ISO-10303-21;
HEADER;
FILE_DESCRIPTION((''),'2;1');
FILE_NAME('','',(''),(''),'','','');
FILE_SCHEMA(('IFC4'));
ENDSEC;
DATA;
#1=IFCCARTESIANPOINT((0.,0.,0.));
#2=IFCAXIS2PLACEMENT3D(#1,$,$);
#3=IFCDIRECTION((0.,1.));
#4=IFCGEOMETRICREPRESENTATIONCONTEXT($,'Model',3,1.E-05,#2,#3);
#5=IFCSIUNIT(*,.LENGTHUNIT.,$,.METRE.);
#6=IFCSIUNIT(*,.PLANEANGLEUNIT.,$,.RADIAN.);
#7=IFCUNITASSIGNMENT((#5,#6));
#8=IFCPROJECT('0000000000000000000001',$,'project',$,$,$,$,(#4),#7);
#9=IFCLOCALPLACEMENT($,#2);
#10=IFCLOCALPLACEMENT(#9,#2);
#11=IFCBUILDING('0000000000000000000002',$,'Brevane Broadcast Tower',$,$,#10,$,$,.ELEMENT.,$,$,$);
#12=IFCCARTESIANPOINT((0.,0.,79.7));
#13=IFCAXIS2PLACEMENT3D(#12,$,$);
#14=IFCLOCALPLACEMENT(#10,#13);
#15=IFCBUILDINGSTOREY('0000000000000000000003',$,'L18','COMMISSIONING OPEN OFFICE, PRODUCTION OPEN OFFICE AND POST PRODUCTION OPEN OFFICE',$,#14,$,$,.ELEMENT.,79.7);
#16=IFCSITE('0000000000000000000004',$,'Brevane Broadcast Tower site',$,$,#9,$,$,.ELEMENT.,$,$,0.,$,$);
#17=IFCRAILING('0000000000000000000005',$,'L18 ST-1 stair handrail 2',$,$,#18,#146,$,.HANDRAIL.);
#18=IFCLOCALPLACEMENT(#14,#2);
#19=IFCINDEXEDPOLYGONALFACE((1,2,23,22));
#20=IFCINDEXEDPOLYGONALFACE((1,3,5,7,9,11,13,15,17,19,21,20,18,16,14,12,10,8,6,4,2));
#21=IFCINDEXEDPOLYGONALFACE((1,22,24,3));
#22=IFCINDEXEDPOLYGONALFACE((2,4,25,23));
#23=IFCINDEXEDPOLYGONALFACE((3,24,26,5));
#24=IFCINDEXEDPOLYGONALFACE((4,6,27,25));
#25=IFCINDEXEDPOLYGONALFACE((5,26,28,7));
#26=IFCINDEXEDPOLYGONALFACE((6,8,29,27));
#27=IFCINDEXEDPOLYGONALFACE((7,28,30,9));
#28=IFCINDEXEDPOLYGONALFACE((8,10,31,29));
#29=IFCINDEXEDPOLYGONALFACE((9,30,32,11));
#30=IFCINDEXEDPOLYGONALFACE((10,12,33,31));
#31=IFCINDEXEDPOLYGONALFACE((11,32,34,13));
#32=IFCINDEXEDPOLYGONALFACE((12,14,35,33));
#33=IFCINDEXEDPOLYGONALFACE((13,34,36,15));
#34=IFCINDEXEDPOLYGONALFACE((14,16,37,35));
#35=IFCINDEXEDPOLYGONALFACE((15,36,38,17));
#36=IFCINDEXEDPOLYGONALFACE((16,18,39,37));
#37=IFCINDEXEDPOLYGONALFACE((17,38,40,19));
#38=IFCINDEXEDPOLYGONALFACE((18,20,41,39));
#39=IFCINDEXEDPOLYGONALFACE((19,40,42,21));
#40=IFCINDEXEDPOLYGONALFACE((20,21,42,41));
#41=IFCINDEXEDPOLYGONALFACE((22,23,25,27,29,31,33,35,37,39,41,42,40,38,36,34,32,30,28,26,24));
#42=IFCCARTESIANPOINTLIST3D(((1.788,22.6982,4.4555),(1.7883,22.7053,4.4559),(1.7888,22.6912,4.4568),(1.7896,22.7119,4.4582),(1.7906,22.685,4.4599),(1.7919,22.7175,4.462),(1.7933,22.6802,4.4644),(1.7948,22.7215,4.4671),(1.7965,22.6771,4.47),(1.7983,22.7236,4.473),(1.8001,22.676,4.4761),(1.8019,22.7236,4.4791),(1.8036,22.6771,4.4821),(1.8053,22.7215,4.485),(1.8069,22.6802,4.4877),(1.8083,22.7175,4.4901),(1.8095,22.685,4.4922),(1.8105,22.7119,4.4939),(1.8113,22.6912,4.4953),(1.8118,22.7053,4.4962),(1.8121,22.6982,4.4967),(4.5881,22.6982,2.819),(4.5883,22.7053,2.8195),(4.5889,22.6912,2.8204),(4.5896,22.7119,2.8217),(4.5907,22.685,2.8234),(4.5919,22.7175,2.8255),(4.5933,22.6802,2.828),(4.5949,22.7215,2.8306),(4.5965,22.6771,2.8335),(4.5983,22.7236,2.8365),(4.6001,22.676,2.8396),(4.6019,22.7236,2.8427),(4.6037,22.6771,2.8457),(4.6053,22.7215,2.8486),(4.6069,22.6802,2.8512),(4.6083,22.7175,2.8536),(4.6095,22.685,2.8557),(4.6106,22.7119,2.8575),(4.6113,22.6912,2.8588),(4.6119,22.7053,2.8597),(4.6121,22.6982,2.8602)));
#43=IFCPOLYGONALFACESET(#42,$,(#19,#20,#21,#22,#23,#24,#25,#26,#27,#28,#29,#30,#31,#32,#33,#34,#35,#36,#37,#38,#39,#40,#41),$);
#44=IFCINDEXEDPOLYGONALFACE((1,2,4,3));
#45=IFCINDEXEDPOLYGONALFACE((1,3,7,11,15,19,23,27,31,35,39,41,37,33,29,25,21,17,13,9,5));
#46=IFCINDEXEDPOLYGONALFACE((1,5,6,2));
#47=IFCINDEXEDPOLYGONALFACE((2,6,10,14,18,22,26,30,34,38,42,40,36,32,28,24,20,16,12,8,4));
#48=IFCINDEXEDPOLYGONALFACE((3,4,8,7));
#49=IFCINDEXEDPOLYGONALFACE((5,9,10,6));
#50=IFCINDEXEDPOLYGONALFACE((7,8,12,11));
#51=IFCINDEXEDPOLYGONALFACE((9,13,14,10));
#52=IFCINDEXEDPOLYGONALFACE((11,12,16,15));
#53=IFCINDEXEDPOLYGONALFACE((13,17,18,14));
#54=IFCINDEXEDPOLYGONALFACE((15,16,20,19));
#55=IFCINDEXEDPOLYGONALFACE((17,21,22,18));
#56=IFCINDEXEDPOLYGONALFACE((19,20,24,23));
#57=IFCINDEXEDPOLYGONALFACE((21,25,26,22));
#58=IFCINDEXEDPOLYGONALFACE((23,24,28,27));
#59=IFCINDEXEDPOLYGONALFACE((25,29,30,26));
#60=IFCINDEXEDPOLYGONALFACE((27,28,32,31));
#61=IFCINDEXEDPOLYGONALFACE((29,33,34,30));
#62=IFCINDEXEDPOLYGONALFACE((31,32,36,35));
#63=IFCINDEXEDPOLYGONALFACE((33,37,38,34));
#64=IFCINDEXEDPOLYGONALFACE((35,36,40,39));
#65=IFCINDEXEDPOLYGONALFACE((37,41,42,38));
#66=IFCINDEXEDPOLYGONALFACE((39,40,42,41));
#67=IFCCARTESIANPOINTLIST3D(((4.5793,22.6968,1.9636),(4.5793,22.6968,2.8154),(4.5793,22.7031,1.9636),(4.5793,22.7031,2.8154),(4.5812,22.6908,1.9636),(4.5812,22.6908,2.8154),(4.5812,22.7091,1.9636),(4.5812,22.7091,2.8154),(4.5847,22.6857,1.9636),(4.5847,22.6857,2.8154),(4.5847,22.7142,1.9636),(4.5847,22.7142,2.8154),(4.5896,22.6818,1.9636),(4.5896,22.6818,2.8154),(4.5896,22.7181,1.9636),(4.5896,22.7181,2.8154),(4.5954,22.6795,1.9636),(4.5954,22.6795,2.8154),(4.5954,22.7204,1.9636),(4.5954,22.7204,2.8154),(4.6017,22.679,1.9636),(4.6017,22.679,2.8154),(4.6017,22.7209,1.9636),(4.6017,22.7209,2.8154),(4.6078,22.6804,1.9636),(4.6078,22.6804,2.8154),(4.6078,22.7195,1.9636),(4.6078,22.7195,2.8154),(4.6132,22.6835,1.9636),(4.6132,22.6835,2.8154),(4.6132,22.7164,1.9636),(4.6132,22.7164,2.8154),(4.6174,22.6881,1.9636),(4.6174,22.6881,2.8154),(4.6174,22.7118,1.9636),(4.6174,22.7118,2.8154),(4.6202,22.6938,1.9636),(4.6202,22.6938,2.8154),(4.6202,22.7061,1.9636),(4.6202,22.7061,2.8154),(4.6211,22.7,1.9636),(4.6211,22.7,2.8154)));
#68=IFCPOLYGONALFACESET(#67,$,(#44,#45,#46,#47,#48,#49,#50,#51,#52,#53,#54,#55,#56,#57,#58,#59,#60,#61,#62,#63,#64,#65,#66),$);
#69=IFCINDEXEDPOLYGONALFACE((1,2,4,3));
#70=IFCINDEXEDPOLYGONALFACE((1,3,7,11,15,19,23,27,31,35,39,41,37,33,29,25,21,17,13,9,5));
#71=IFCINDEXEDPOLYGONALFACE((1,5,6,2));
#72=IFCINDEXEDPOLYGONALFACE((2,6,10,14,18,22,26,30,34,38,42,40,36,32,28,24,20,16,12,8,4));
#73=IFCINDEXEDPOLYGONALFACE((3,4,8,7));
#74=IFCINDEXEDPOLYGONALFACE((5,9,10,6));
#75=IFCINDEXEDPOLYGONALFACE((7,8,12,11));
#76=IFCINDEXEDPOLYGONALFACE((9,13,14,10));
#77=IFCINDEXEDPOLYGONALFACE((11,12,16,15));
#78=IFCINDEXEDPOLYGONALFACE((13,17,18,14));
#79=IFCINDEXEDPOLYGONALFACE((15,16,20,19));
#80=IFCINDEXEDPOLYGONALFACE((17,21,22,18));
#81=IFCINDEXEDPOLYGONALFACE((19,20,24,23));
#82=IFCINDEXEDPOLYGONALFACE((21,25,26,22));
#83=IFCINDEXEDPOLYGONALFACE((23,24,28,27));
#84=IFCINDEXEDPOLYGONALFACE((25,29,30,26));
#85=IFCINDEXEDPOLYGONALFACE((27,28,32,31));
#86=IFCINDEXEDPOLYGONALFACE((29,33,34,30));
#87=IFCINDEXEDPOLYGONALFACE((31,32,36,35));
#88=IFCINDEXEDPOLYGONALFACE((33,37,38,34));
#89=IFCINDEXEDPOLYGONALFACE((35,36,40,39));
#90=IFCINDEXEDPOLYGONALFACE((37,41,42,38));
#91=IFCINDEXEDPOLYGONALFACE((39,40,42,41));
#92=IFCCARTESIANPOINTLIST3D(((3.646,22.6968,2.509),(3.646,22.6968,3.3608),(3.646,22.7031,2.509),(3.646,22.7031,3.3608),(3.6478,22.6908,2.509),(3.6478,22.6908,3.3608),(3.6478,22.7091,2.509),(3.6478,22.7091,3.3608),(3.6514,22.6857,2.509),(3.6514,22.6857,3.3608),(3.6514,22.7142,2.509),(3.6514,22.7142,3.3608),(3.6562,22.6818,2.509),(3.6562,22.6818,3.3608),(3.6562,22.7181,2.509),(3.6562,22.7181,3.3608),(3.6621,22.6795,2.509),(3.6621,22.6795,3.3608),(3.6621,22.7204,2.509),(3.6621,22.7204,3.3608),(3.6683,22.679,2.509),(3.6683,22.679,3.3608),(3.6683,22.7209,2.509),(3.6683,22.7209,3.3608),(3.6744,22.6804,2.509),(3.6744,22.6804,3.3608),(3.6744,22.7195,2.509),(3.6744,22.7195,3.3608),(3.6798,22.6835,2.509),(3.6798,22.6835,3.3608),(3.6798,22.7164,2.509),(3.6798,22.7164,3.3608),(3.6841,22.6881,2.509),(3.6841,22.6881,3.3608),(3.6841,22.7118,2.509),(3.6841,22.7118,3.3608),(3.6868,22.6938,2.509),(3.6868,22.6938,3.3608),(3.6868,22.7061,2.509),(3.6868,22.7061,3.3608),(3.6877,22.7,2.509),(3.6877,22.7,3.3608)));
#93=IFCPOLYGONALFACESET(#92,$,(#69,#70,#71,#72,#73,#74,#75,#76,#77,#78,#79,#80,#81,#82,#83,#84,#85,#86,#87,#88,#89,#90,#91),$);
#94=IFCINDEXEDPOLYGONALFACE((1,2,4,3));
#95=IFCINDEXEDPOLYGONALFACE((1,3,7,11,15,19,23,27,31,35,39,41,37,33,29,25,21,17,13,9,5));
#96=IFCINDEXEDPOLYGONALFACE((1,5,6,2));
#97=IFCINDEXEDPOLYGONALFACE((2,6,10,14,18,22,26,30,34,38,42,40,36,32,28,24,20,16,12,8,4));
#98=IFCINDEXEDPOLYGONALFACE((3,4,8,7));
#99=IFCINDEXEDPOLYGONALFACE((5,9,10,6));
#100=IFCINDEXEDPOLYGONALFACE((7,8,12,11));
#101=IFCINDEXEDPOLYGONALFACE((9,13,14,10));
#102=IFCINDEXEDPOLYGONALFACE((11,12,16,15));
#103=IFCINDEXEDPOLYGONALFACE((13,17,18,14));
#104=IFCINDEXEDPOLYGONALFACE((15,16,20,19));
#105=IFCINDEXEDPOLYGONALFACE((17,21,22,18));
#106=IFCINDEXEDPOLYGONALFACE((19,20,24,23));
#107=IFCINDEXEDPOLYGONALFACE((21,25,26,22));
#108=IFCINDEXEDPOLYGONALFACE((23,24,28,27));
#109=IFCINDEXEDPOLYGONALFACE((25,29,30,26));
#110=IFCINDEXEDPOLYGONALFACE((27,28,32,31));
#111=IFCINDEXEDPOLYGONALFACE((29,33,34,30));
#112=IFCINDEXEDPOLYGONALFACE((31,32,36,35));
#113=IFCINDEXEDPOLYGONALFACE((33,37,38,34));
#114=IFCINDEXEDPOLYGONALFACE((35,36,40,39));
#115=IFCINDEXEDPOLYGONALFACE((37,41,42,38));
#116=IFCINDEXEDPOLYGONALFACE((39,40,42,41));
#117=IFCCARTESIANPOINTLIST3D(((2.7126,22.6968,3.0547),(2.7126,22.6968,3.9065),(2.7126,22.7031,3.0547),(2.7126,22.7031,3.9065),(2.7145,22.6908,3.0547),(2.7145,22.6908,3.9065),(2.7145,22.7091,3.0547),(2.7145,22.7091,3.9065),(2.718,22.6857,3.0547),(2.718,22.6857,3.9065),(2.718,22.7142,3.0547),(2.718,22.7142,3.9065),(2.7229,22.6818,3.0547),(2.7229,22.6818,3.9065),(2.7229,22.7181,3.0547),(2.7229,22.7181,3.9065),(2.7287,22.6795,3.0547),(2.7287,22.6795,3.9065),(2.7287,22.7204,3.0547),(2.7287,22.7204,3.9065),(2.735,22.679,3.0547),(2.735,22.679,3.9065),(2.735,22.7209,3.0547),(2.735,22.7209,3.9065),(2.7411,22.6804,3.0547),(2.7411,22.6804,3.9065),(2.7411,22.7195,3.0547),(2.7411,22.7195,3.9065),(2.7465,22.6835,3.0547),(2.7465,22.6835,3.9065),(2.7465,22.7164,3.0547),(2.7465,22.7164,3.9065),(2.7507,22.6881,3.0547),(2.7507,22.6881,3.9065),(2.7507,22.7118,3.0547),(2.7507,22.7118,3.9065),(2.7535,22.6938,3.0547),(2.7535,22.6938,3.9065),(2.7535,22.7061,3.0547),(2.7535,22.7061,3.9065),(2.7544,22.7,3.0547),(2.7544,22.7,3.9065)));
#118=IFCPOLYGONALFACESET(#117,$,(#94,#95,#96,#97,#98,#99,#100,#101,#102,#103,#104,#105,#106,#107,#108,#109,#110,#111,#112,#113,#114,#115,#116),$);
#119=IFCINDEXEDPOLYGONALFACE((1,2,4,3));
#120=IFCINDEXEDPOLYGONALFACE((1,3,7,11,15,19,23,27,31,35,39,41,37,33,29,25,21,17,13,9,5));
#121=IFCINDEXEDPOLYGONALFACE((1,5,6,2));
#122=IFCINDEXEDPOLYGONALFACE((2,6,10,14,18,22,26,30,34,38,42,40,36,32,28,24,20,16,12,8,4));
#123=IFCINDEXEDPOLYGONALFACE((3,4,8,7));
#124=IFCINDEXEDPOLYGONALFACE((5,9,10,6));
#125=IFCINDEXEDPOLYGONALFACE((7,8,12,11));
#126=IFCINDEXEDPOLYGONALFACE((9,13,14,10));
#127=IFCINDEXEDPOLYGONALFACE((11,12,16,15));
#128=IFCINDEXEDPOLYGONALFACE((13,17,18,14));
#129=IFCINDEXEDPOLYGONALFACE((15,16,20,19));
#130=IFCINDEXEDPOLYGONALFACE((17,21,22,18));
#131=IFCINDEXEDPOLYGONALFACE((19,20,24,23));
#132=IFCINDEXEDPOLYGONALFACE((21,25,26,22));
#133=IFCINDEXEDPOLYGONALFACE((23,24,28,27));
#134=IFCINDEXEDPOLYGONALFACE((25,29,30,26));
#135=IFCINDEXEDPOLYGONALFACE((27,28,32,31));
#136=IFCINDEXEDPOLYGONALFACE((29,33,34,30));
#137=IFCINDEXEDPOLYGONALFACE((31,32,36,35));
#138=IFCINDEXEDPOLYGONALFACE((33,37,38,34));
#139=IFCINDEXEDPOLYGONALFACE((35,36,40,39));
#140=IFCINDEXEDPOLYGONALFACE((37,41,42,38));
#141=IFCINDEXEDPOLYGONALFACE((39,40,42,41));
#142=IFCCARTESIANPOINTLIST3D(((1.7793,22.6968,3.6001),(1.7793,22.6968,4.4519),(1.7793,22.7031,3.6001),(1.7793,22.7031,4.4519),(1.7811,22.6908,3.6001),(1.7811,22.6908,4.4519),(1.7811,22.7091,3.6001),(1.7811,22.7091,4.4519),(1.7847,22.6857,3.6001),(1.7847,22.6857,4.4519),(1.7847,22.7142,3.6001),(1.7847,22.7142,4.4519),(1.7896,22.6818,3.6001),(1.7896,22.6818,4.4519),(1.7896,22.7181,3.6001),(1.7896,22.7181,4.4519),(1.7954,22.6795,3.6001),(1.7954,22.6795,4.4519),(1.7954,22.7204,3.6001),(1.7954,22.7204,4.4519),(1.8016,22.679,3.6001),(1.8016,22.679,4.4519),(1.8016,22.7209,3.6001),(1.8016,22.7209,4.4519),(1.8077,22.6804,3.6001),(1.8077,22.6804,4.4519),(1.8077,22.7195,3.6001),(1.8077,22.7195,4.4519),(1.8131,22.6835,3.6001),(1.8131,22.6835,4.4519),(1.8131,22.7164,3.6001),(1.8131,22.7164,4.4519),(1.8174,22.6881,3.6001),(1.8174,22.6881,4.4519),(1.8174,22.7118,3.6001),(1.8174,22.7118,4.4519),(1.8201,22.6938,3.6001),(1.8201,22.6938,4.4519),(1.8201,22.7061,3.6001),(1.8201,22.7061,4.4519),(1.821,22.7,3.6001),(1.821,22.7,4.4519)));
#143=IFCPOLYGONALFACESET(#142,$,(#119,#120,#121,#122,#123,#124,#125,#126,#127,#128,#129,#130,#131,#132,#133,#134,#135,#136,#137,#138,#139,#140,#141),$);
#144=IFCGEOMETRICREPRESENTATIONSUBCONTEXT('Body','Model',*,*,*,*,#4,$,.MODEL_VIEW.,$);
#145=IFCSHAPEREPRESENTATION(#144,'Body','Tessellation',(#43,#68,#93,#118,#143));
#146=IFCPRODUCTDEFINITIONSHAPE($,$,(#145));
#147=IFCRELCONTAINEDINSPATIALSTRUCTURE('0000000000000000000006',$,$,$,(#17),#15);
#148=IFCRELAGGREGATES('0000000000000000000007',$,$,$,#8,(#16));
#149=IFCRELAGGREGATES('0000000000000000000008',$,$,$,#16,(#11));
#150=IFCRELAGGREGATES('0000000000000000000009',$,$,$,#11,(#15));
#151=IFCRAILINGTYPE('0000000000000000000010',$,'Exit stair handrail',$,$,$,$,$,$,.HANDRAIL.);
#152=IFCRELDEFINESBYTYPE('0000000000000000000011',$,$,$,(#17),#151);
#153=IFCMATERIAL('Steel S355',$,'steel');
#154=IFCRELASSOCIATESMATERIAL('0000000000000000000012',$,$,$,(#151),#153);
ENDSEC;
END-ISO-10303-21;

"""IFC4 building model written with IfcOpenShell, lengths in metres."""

from ifc_helpers import new_model, si_unit, direction, frame, origin, origin_2d, place, context, subcontext, project, spatial, circle, extrude, material, type_object, element, save


model = new_model("IFC4")

# Units and contexts
model_context = context("Model", 3, precision=1e-05, world=origin(), true_north=direction((0.0, 1.0)))
body_context = subcontext(model_context, "Body", "Model", "MODEL_VIEW")
ifc_project = project(units=[si_unit("LENGTHUNIT", "METRE"), si_unit("PLANEANGLEUNIT", "RADIAN")], contexts=[model_context])

# Site, building, storey
site_placement = place(None, origin())
site = spatial("IfcSite", under=ifc_project, at=site_placement, Name="Brevane Broadcast Tower site", CompositionType="ELEMENT", RefElevation=0.0)
building_placement = place(site_placement, origin())
building = spatial("IfcBuilding", under=site, at=building_placement, Name="Brevane Broadcast Tower", CompositionType="ELEMENT")
storey_placement = place(building_placement, frame((0.0, 0.0, 79.7)))
storey = spatial("IfcBuildingStorey", under=building, at=storey_placement, Name="L18", Description="COMMISSIONING OPEN OFFICE, PRODUCTION OPEN OFFICE AND POST PRODUCTION OPEN OFFICE", CompositionType="ELEMENT", Elevation=79.7)

# Railing
ifc_material_1 = material(Name="Steel S355", Category="steel")
railing_type_1 = type_object("IfcRailingType", Name="Exit stair handrail", PredefinedType="HANDRAIL", material=ifc_material_1)
railing_1_placement = place(storey_placement, frame((4.6001, 22.7, 1.9636)))
element("IfcRailing", 1, at=railing_1_placement, inside=storey, type_object=railing_type_1, Name="L18 ST-1 stair handrail 2", PredefinedType="HANDRAIL", context=body_context, shape_type="SweptSolid", body=[
    extrude(circle(Radius=0.0239, at=origin_2d()), frame((0.0, 0.0, 0.876), z_axis=(-0.863361, 0.0, 0.504587), x_axis=(0.0, -1.0, 0.0)), (0.0, 0.0, 1.0), 3.2432),
    extrude(circle(Radius=0.021, at=origin_2d()), origin(), (0.0, 0.0, 1.0), 0.8518),
    extrude(circle(Radius=0.021, at=origin_2d()), frame((-0.9333, 0.0, 0.5454)), (0.0, 0.0, 1.0), 0.8518),
    extrude(circle(Radius=0.021, at=origin_2d()), frame((-1.8667, 0.0, 1.0911)), (0.0, 0.0, 1.0), 0.8518),
    extrude(circle(Radius=0.021, at=origin_2d()), frame((-2.8, 0.0, 1.6365)), (0.0, 0.0, 1.0), 0.8518),
])

save(model, "model.ifc")
